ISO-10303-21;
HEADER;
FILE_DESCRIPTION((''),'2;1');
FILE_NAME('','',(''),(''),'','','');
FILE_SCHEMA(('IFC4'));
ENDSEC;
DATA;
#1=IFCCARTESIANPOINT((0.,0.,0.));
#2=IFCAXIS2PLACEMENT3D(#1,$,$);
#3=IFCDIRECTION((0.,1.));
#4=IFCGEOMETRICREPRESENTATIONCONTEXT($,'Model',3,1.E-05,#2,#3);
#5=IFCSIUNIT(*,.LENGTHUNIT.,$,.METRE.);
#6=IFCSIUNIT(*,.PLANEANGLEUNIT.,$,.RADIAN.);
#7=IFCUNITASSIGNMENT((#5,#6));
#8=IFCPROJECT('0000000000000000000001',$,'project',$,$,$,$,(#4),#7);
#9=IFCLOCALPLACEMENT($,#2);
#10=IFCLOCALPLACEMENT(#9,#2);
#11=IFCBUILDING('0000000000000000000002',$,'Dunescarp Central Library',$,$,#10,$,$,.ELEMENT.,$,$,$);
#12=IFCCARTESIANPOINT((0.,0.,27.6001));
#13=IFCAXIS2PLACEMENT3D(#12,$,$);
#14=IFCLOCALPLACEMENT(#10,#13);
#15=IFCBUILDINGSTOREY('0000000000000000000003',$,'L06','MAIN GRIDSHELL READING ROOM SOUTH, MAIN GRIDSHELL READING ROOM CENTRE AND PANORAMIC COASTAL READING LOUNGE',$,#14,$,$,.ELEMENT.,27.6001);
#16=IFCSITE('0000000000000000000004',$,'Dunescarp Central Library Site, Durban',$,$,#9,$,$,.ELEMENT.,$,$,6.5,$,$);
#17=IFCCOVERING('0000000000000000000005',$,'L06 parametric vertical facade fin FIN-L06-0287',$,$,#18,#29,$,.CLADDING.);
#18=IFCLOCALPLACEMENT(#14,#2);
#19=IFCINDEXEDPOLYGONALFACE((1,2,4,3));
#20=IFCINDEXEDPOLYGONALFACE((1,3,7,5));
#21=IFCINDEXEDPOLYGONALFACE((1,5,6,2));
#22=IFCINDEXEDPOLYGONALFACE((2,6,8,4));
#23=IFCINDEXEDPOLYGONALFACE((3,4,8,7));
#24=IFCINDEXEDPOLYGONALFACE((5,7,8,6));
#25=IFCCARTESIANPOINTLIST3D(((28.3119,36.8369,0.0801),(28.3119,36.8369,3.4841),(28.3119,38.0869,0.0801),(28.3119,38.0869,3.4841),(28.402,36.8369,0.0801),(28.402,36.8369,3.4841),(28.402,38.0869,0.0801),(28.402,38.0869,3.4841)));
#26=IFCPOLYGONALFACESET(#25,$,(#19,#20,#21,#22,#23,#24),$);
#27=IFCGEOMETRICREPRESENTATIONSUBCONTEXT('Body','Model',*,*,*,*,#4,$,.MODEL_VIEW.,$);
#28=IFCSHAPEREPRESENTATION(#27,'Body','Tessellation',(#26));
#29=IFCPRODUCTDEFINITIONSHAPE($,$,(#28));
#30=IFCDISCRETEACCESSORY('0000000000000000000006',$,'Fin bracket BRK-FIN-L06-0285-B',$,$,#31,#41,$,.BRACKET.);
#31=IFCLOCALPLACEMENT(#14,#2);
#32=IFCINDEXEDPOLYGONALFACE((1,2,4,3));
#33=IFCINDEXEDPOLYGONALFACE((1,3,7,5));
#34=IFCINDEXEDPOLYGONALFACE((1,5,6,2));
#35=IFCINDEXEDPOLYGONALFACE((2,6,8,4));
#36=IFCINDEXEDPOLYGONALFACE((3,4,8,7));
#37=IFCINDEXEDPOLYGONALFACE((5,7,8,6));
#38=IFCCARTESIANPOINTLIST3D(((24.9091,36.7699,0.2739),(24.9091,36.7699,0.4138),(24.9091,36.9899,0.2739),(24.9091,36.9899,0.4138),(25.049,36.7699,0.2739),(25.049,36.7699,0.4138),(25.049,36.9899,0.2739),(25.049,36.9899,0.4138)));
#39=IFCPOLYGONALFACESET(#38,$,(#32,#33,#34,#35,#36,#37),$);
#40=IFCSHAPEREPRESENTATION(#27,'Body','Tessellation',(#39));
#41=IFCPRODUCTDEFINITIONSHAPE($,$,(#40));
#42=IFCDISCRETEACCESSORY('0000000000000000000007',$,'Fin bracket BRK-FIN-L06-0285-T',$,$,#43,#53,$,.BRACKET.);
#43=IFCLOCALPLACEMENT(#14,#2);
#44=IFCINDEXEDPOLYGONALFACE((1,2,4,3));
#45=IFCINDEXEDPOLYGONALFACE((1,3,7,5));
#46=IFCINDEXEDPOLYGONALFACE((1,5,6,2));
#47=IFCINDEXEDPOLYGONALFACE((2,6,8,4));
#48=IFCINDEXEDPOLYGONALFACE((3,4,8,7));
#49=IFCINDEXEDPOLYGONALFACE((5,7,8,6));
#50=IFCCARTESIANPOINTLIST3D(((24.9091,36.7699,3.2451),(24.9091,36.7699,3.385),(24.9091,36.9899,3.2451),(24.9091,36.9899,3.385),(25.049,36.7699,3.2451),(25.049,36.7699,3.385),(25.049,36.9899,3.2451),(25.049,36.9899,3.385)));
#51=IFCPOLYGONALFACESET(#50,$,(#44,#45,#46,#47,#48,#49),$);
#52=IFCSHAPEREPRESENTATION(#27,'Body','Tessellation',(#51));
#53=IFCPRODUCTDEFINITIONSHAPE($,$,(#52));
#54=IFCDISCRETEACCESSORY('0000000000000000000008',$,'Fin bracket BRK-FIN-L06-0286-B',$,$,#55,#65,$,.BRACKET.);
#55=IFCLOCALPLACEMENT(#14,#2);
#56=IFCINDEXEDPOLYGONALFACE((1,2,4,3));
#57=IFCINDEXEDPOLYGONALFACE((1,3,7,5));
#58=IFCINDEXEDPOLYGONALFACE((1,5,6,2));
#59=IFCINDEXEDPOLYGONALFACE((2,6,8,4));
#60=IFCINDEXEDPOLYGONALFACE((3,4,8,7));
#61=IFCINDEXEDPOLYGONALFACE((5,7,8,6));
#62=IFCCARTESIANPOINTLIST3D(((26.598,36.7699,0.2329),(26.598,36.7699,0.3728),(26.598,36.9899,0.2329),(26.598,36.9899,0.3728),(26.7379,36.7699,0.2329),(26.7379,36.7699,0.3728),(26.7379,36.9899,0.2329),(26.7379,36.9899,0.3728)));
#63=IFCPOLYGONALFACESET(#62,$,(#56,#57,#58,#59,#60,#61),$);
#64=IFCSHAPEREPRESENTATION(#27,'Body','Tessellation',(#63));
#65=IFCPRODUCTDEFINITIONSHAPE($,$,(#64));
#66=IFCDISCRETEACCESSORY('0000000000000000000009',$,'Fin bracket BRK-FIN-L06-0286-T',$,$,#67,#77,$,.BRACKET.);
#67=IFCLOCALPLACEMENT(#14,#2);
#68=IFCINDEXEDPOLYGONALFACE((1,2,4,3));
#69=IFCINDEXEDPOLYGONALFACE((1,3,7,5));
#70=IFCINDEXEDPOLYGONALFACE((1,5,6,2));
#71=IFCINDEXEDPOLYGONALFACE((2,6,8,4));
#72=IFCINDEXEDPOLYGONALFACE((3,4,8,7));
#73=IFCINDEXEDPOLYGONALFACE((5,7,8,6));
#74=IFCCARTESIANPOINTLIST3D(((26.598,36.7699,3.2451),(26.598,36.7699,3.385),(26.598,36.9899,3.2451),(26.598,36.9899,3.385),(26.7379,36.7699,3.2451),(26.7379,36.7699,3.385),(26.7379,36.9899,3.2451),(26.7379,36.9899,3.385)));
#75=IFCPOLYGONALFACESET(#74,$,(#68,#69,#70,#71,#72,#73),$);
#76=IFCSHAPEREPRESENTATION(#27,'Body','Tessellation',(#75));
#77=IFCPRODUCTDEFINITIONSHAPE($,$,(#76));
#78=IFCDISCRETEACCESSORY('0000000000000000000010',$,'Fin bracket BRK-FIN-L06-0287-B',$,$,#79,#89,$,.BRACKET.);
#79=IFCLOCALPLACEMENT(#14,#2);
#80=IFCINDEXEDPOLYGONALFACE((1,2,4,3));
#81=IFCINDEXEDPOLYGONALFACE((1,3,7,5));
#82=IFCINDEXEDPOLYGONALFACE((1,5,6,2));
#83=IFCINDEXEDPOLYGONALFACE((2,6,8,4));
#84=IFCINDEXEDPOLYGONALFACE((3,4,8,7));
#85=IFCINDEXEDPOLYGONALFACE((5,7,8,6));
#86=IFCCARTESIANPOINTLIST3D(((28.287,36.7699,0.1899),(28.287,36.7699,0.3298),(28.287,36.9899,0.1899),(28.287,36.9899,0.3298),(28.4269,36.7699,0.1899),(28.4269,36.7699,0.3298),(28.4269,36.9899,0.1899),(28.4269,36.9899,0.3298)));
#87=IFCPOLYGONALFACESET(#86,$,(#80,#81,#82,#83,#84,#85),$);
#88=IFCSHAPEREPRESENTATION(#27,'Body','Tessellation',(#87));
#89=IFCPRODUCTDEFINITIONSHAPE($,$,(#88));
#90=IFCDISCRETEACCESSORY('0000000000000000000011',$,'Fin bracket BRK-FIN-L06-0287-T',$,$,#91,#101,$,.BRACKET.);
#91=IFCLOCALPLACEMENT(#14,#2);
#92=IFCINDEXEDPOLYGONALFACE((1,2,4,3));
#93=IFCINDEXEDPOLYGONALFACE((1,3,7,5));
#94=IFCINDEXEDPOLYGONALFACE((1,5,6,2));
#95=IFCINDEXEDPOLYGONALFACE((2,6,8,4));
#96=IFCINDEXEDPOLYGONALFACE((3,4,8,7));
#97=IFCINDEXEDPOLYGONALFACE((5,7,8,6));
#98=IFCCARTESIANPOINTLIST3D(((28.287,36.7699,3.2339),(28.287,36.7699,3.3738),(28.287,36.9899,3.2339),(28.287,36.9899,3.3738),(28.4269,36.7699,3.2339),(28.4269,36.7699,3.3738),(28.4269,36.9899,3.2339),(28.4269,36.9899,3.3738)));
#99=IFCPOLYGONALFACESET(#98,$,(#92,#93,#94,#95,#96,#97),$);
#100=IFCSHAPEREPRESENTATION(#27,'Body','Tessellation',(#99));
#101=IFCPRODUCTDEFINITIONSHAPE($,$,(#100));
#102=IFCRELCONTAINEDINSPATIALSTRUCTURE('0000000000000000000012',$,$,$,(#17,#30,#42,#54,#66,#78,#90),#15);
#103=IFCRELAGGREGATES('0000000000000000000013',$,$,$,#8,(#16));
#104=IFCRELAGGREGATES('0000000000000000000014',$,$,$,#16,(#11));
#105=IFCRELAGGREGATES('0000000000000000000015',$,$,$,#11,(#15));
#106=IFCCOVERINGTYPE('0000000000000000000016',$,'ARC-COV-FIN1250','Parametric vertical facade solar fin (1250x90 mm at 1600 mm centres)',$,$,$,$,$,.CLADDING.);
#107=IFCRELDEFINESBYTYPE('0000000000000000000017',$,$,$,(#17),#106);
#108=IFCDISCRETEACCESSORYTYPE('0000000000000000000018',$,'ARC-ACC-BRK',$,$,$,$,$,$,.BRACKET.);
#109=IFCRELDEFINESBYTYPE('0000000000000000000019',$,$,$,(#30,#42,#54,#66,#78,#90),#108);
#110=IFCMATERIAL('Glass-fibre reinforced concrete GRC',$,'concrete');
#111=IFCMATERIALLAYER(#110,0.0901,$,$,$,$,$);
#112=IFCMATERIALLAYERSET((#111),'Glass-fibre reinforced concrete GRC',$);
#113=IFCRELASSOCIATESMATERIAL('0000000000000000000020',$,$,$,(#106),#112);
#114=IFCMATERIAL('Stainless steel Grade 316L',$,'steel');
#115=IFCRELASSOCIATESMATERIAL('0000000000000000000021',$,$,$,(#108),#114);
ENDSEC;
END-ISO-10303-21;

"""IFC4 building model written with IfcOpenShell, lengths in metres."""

from ifc_helpers import new_model, si_unit, direction, frame, origin, origin_2d, place, context, subcontext, project, spatial, rectangle, extrude, material, layer, layer_set, type_object, element, save


model = new_model("IFC4")

# Units and contexts
model_context = context("Model", 3, precision=1e-05, world=origin(), true_north=direction((0.0, 1.0)))
body_context = subcontext(model_context, "Body", "Model", "MODEL_VIEW")
ifc_project = project(units=[si_unit("LENGTHUNIT", "METRE"), si_unit("PLANEANGLEUNIT", "RADIAN")], contexts=[model_context])

# Site, building, storey
site_placement = place(None, origin())
site = spatial("IfcSite", under=ifc_project, at=site_placement, Name="Dunescarp Central Library Site, Durban", CompositionType="ELEMENT", RefElevation=6.5)
building_placement = place(site_placement, origin())
building = spatial("IfcBuilding", under=site, at=building_placement, Name="Dunescarp Central Library", CompositionType="ELEMENT")
storey_placement = place(building_placement, frame((0.0, 0.0, 27.6001)))
storey = spatial("IfcBuildingStorey", under=building, at=storey_placement, Name="L06", Description="MAIN GRIDSHELL READING ROOM SOUTH, MAIN GRIDSHELL READING ROOM CENTRE AND PANORAMIC COASTAL READING LOUNGE", CompositionType="ELEMENT", Elevation=27.6001)

# Covering
ifc_material_1 = material(Name="Glass-fibre reinforced concrete GRC", Category="concrete")
ifc_layer_1 = layer(ifc_material_1, 0.0901)
ifc_layer_set_1 = layer_set([ifc_layer_1], Name="Glass-fibre reinforced concrete GRC")
covering_type = type_object("IfcCoveringType", Name="ARC-COV-FIN1250", Description="Parametric vertical facade solar fin (1250x90 mm at 1600 mm centres)", PredefinedType="CLADDING", material=ifc_layer_set_1)
covering_1_placement = place(storey_placement, frame((28.3569, 37.4619, 0.0801), z_axis=(0.0, 0.0, 1.0), x_axis=(0.0, 1.0, 0.0)))
element("IfcCovering", 1, at=covering_1_placement, inside=storey, type_object=covering_type, Name="L06 parametric vertical facade fin FIN-L06-0287", PredefinedType="CLADDING", context=body_context, shape_type="SweptSolid", body=[
    extrude(rectangle(XDim=1.25, YDim=0.0901, at=origin_2d()), origin(), (0.0, 0.0, 1.0), 3.4041),
])

# Discrete accessories
ifc_material_2 = material(Name="Stainless steel Grade 316L", Category="steel")
discrete_accessory_type = type_object("IfcDiscreteAccessoryType", Name="ARC-ACC-BRK", PredefinedType="BRACKET", material=ifc_material_2)
for number, where, z_axis, x_axis, name in (
    (2, (24.979, 36.8799, 0.2739), (0.0, 0.0, 1.0), (0.0, 1.0, 0.0), "Fin bracket BRK-FIN-L06-0285-B"),
    (3, (24.979, 36.8799, 3.2451), (0.0, 0.0, 1.0), (0.0, 1.0, 0.0), "Fin bracket BRK-FIN-L06-0285-T"),
    (4, (26.668, 36.8799, 0.2329), (0.0, 0.0, 1.0), (0.0, 1.0, 0.0), "Fin bracket BRK-FIN-L06-0286-B"),
    (5, (26.668, 36.8799, 3.2451), (0.0, 0.0, 1.0), (0.0, 1.0, 0.0), "Fin bracket BRK-FIN-L06-0286-T"),
    (6, (28.3569, 36.8799, 0.1899), (0.0, 0.0, 1.0), (0.0, 1.0, 0.0), "Fin bracket BRK-FIN-L06-0287-B"),
    (7, (28.3569, 36.8799, 3.2339), (0.0, 0.0, 1.0), (0.0, 1.0, 0.0), "Fin bracket BRK-FIN-L06-0287-T"),
):
    element("IfcDiscreteAccessory", number, at=place(storey_placement, frame(where, z_axis=z_axis, x_axis=x_axis)), inside=storey, type_object=discrete_accessory_type, Name=name, PredefinedType="BRACKET", context=body_context, shape_type="SweptSolid", body=[
        extrude(rectangle(XDim=0.22, YDim=0.1399, at=origin_2d()), origin(), (0.0, 0.0, 1.0), 0.1399),
    ])

save(model, "model.ifc")
